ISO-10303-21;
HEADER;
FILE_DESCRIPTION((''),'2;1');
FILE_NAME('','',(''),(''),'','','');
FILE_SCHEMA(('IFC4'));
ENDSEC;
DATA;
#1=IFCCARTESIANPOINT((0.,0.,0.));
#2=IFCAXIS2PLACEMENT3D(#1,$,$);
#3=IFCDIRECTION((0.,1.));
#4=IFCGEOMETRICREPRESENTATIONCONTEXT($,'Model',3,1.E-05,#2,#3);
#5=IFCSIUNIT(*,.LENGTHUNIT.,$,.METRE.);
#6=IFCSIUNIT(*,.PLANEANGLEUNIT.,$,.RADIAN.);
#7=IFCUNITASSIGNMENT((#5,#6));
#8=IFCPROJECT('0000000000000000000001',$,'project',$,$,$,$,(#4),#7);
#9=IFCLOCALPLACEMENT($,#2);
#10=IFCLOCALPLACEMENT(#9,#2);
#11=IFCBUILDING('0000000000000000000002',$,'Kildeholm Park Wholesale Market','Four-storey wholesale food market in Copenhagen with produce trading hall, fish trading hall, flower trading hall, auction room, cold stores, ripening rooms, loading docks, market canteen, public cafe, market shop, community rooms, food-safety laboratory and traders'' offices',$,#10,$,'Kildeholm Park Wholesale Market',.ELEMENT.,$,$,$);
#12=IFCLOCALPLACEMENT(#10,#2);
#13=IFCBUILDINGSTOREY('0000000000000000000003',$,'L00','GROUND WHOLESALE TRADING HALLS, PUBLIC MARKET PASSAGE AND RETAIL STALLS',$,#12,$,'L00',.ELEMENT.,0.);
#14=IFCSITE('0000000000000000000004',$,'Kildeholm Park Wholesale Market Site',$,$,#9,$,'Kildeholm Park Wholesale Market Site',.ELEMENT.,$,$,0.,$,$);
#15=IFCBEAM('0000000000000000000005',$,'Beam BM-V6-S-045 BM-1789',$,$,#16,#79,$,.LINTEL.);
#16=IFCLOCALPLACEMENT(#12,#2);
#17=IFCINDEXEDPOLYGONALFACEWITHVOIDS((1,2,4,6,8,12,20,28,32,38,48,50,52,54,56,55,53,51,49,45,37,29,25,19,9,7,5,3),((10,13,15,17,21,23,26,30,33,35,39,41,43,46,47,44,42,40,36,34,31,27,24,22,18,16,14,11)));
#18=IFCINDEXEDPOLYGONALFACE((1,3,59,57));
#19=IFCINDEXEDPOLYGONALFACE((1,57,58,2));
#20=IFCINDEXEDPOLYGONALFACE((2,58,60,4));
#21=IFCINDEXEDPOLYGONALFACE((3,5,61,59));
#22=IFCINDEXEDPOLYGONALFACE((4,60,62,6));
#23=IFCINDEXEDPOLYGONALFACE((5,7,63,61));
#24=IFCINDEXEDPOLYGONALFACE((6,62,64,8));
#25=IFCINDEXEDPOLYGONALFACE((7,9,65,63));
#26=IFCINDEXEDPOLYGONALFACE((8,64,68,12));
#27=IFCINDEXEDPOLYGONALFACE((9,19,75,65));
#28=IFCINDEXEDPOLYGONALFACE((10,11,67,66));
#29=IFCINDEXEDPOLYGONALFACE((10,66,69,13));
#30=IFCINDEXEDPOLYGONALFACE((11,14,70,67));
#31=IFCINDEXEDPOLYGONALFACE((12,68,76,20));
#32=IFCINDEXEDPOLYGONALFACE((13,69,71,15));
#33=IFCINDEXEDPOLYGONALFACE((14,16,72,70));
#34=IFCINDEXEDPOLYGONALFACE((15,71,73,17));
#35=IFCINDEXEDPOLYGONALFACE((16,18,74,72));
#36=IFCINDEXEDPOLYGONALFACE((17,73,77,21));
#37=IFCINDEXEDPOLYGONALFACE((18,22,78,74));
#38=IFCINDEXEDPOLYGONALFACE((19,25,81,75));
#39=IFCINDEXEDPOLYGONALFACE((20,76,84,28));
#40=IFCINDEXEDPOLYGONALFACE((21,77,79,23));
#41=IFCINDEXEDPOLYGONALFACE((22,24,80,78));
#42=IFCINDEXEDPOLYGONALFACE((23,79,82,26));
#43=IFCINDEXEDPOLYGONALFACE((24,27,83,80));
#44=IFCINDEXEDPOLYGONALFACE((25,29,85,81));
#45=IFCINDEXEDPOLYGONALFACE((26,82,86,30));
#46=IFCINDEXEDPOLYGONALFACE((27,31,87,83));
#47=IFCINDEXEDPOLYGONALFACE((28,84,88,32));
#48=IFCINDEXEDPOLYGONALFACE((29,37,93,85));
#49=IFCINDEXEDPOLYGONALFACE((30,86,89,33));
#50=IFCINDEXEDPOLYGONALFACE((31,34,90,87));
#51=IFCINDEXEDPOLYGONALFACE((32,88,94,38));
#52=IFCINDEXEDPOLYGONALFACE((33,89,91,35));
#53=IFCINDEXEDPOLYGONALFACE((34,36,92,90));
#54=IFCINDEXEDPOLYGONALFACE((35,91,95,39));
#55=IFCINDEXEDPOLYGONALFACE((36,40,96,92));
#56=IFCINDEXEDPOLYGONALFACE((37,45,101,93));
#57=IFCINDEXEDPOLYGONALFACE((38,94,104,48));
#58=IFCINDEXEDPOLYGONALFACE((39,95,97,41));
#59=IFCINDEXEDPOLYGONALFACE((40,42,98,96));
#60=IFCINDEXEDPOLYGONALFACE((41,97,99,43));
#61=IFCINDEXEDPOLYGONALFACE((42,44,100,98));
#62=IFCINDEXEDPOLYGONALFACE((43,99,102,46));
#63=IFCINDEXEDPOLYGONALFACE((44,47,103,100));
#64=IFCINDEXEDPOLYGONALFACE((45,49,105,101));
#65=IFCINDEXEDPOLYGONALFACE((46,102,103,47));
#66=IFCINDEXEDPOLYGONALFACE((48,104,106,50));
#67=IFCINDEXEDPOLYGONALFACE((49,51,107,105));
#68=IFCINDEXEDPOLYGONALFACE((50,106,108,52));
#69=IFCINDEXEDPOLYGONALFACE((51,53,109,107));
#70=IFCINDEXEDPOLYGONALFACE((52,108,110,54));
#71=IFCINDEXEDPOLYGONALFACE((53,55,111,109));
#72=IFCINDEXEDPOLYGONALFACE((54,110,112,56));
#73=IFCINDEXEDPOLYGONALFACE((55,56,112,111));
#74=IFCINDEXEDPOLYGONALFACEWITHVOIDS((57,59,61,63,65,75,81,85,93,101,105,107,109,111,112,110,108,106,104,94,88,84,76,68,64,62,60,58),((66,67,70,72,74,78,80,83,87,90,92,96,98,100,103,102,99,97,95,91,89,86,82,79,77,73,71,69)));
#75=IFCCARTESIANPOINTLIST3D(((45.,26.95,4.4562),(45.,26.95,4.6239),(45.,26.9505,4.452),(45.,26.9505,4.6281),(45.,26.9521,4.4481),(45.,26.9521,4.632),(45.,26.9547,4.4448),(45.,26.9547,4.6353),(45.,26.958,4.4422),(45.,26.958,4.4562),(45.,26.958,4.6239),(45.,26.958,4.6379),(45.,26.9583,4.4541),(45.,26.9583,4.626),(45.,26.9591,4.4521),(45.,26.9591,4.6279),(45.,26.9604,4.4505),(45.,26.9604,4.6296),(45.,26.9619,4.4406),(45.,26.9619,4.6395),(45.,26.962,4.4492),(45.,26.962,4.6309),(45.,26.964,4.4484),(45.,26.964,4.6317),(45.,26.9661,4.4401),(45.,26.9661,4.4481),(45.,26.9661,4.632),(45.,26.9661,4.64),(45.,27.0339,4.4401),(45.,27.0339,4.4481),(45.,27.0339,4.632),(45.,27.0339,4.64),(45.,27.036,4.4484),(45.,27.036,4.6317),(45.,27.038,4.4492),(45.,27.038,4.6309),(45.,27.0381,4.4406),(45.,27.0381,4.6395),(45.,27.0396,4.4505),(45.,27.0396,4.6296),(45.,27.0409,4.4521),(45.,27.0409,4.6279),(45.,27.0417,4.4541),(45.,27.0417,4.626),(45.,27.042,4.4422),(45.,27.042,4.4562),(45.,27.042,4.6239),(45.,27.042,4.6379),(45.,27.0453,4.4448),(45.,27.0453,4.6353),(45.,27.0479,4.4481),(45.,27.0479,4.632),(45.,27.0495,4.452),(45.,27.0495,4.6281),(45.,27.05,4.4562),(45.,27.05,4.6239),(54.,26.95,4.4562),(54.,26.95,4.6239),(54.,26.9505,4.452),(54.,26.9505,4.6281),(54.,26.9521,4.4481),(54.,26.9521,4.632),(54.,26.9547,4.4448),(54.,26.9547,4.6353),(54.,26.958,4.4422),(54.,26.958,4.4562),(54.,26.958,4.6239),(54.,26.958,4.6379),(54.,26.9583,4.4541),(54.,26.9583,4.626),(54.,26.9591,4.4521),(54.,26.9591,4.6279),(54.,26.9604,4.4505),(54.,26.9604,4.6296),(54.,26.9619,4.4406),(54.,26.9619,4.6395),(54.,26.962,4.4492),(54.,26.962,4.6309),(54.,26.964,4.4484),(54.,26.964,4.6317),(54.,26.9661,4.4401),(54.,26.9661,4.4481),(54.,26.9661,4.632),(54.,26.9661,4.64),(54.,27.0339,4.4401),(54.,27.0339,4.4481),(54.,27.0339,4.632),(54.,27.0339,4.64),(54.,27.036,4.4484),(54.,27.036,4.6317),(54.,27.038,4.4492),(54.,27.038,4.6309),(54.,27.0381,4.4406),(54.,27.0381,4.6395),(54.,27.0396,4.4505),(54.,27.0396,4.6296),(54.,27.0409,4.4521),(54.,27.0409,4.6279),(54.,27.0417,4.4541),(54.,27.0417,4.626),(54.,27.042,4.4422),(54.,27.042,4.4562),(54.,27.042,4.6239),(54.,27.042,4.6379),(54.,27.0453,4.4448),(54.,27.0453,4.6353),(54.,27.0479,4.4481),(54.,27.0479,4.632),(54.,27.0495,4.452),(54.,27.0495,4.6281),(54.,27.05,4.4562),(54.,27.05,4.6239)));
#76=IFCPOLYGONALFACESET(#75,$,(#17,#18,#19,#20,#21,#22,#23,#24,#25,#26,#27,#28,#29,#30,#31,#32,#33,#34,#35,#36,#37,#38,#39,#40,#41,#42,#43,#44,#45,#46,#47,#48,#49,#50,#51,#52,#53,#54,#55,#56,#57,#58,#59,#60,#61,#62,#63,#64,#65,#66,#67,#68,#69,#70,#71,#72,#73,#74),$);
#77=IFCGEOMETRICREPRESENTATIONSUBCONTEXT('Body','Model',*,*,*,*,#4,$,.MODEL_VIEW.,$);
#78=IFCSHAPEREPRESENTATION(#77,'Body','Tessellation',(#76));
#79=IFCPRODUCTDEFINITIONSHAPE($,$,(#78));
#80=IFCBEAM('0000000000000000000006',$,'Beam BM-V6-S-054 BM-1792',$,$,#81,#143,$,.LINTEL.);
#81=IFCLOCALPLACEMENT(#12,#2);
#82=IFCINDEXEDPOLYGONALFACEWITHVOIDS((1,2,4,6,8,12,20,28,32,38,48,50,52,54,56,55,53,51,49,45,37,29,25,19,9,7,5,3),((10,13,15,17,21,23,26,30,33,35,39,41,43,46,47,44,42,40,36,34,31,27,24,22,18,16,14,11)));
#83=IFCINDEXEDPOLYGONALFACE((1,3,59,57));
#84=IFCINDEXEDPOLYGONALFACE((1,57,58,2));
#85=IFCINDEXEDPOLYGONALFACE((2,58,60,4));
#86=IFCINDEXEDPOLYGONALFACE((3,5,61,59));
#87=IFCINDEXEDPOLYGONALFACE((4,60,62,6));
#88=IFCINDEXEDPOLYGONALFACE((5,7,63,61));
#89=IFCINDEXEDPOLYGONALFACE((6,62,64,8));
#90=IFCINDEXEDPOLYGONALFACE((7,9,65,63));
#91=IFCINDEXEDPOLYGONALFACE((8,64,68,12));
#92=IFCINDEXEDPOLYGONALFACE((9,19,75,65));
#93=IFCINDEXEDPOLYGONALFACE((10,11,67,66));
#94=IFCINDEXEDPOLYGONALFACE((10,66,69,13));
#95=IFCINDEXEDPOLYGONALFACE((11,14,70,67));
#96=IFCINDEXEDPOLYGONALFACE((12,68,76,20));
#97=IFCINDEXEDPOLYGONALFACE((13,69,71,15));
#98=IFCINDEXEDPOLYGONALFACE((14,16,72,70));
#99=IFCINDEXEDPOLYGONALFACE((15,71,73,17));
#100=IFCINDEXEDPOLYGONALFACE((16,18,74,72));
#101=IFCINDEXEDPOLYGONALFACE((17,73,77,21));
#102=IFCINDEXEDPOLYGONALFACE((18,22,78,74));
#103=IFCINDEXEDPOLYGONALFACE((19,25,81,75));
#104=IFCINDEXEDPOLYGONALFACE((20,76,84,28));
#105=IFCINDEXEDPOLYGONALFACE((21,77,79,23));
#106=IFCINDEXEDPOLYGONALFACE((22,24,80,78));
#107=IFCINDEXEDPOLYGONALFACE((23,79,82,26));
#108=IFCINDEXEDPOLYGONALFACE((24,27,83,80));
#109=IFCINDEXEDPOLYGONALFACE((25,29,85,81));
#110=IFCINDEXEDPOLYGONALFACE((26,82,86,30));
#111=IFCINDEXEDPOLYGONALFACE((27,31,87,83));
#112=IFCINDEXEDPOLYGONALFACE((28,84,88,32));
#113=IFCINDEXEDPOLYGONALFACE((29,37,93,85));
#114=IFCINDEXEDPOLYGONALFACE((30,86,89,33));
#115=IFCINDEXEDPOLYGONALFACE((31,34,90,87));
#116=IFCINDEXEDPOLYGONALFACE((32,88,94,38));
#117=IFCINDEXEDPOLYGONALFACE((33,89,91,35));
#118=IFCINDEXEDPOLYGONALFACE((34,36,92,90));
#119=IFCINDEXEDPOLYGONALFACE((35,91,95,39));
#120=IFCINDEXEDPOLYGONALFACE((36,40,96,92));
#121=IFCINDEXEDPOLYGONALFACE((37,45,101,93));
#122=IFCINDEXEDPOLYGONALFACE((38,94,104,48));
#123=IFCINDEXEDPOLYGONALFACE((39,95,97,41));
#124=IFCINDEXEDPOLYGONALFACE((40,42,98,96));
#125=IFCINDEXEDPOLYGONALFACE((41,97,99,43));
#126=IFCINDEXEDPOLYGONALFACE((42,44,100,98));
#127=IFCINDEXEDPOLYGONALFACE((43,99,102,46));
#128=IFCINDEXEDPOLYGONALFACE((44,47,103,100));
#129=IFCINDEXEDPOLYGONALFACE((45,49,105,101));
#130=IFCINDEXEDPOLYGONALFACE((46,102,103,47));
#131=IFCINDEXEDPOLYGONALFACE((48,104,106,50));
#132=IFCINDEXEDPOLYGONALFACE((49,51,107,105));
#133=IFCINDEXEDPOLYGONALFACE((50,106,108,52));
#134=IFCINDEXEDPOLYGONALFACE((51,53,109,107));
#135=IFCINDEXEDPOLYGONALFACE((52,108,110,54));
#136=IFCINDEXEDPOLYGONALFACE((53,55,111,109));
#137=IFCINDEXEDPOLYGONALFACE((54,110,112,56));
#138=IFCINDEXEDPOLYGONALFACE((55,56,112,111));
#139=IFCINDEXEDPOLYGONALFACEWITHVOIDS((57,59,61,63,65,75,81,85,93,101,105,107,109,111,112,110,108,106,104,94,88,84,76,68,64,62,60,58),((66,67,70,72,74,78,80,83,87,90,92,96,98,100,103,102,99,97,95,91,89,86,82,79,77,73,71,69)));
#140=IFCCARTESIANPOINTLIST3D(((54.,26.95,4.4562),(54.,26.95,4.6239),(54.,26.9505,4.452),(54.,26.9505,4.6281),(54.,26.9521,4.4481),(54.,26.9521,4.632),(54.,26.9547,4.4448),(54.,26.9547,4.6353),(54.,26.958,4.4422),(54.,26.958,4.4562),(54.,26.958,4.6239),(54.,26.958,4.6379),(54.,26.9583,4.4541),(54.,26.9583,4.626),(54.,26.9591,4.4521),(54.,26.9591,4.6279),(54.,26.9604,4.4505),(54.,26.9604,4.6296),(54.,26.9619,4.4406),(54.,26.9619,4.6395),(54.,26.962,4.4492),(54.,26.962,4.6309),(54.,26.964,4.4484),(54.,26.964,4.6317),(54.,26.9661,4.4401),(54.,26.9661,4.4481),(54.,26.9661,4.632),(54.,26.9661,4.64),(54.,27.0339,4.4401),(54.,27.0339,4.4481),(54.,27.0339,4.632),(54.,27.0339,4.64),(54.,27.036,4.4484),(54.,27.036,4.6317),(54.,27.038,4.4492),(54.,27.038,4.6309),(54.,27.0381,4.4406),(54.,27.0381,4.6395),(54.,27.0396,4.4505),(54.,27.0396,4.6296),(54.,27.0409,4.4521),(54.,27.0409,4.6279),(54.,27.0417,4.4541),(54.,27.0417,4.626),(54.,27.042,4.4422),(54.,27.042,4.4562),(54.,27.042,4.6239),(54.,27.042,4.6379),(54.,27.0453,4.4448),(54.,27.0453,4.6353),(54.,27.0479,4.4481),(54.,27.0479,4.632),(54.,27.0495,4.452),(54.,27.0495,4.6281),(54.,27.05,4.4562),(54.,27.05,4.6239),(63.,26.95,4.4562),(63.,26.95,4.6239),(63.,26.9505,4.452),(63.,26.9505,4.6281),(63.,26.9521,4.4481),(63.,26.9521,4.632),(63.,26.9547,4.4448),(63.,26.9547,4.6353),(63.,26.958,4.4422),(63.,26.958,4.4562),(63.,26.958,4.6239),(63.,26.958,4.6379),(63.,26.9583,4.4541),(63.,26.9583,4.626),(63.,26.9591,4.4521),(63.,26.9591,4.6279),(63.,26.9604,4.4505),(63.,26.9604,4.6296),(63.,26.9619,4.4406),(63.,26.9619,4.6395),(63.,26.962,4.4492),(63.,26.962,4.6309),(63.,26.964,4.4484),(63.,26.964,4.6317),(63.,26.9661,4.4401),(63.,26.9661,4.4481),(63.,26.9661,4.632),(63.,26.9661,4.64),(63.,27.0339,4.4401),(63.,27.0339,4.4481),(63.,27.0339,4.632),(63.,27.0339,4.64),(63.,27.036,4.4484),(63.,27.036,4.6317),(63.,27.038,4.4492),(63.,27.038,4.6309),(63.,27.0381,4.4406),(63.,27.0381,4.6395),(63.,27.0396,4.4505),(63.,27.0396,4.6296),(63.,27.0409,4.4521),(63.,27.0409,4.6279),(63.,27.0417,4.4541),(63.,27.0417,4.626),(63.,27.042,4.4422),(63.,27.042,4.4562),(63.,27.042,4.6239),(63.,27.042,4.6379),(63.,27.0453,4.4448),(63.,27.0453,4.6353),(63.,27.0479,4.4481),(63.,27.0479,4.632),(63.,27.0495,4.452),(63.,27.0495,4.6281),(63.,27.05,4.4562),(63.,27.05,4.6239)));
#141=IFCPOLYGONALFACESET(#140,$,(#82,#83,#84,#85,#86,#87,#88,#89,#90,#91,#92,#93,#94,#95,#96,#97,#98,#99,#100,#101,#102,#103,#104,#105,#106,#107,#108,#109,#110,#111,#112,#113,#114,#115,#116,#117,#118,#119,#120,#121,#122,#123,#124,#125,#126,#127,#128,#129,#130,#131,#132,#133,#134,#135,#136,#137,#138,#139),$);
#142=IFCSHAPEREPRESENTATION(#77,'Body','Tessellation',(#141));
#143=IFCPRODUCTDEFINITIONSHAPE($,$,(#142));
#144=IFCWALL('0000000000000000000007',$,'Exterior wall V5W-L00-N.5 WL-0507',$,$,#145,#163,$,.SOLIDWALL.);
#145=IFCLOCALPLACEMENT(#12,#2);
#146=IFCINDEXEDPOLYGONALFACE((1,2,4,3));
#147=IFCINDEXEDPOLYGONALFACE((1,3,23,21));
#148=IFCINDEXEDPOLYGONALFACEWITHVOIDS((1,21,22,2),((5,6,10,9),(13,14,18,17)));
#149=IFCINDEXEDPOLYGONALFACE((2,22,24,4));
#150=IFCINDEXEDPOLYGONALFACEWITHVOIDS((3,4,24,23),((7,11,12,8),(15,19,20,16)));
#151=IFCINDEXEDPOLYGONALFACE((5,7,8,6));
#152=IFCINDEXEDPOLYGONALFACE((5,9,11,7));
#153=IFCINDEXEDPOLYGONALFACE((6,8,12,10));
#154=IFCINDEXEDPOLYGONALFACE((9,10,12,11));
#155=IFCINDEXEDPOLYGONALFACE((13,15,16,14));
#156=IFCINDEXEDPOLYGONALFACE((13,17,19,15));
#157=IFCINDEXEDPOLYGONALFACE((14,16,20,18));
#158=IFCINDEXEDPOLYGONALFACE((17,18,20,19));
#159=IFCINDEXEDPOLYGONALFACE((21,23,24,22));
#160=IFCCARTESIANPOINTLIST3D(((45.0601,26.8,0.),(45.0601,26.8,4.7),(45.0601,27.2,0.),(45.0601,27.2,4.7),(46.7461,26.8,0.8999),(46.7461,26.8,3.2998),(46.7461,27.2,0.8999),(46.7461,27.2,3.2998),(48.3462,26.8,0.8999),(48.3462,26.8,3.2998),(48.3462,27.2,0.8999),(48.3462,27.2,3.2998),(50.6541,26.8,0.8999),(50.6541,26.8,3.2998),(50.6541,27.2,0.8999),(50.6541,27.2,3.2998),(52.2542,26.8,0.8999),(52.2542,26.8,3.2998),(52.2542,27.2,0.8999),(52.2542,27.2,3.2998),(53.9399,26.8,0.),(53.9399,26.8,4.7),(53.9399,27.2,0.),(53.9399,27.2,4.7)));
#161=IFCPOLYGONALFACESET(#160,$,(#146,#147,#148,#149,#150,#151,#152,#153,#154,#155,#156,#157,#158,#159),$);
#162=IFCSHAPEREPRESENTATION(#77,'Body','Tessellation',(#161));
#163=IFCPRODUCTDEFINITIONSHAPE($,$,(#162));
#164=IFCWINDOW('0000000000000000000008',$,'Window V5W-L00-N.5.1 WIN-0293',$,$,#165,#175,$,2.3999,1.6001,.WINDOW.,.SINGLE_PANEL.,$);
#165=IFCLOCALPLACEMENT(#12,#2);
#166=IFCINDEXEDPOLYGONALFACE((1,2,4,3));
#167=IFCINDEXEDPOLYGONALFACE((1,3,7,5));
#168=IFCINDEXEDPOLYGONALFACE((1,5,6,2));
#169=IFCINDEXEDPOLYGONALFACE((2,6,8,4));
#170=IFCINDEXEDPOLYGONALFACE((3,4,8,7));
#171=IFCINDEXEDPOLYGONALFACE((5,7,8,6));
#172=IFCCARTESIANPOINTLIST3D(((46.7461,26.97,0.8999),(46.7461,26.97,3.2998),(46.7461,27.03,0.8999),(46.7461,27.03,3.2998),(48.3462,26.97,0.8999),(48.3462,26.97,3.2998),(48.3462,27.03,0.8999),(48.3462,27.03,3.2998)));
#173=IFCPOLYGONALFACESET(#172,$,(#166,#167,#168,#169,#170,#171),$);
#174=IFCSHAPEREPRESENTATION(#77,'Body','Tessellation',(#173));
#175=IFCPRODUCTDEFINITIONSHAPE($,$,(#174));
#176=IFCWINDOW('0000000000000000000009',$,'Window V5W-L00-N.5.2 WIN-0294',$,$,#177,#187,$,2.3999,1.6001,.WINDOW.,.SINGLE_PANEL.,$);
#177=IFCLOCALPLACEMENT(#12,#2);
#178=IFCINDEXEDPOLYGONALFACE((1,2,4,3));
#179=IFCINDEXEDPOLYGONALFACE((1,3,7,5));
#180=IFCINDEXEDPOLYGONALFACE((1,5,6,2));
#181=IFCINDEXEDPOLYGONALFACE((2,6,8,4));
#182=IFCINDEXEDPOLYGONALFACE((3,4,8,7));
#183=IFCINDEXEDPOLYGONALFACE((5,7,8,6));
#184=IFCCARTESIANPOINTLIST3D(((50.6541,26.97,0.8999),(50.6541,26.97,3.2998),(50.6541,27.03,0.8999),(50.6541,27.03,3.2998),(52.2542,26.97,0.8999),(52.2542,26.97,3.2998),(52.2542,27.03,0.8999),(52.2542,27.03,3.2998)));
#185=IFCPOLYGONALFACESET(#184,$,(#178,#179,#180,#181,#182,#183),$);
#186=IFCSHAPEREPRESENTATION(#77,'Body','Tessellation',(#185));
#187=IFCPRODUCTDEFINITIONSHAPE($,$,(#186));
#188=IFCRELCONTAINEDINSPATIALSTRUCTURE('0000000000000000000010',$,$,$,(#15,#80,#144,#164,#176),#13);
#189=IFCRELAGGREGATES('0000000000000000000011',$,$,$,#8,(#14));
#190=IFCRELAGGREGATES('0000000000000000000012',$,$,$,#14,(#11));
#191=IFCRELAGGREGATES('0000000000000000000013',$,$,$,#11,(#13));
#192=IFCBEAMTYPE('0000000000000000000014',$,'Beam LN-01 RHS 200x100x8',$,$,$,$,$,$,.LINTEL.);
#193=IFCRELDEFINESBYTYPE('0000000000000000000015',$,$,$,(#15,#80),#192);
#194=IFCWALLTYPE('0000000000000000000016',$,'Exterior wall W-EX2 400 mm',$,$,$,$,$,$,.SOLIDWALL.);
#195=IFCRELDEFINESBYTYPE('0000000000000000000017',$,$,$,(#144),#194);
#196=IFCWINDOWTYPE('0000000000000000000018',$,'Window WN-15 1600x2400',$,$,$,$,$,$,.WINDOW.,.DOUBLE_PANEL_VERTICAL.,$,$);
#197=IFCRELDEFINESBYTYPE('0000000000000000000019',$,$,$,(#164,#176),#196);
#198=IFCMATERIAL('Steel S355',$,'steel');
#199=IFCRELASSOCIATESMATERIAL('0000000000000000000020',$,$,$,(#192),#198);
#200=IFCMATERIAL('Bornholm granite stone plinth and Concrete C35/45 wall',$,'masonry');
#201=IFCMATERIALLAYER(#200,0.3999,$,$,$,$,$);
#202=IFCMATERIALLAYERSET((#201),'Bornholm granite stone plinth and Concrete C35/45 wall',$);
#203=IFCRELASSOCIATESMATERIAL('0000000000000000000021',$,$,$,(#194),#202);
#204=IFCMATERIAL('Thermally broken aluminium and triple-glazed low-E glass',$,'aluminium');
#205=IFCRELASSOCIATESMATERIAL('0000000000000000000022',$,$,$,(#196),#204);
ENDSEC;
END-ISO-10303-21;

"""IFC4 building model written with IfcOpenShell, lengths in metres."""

from ifc_helpers import new_model, si_unit, direction, frame, frame_2d, origin, origin_2d, place, context, subcontext, project, spatial, rectangle, hollow_rectangle, extrude, material, layer, layer_set, material_profile, profile_set, type_object, element, fill, save


model = new_model("IFC4")

# Units and contexts
model_context = context("Model", 3, precision=1e-05, world=origin(), true_north=direction((0.0, 1.0)))
body_context = subcontext(model_context, "Body", "Model", "MODEL_VIEW")
ifc_project = project(units=[si_unit("LENGTHUNIT", "METRE"), si_unit("PLANEANGLEUNIT", "RADIAN")], contexts=[model_context])

# Site, building, storey
site_placement = place(None, origin())
site = spatial("IfcSite", under=ifc_project, at=site_placement, Name="Kildeholm Park Wholesale Market Site", LongName="Kildeholm Park Wholesale Market Site", CompositionType="ELEMENT", RefElevation=0.0)
building_placement = place(site_placement, origin())
building = spatial("IfcBuilding", under=site, at=building_placement, Name="Kildeholm Park Wholesale Market", Description="Four-storey wholesale food market in Copenhagen with produce trading hall, fish trading hall, flower trading hall, auction room, cold stores, ripening rooms, loading docks, market canteen, public cafe, market shop, community rooms, food-safety laboratory and traders' offices", LongName="Kildeholm Park Wholesale Market", CompositionType="ELEMENT")
storey_placement = place(building_placement, origin())
storey = spatial("IfcBuildingStorey", under=building, at=storey_placement, Name="L00", Description="GROUND WHOLESALE TRADING HALLS, PUBLIC MARKET PASSAGE AND RETAIL STALLS", LongName="L00", CompositionType="ELEMENT", Elevation=0.0)

# Shared definitions
ifc_material_1 = material(Name="Steel S355", Category="steel")

# Beams
ifc_material_profile_1 = material_profile(ifc_material_1, hollow_rectangle(XDim=0.1001, YDim=0.2, WallThickness=0.0081, InnerFilletRadius=0.0081, OuterFilletRadius=0.0161, at=origin_2d()), Name="RHS 200x100x8")
ifc_profile_set_1 = profile_set([ifc_material_profile_1], Name="Steel S355")
beam_type_1 = type_object("IfcBeamType", Name="Beam LN-01 RHS 200x100x8", PredefinedType="LINTEL", material=ifc_profile_set_1)
for number, where, z_axis, x_axis, name in (
    (1, (45.0, 27.0, 4.54), (1.0, 0.0, 0.0), (0.0, 1.0, 0.0), "Beam BM-V6-S-045 BM-1789"),
    (2, (54.0, 27.0, 4.54), (1.0, 0.0, 0.0), (0.0, 1.0, 0.0), "Beam BM-V6-S-054 BM-1792"),
):
    element("IfcBeam", number, at=place(storey_placement, frame(where, z_axis=z_axis, x_axis=x_axis)), inside=storey, type_object=beam_type_1, Name=name, PredefinedType="LINTEL", context=body_context, shape_type="SweptSolid", body=[
        extrude(hollow_rectangle(XDim=0.1001, YDim=0.2, WallThickness=0.0081, InnerFilletRadius=0.0081, OuterFilletRadius=0.0161, at=origin_2d()), origin(), (0.0, 0.0, 1.0), 9.0),
    ])

# Wall, openings, windows
ifc_material_2 = material(Name="Bornholm granite stone plinth and Concrete C35/45 wall", Category="masonry")
ifc_layer = layer(ifc_material_2, 0.3999)
ifc_layer_set = layer_set([ifc_layer], Name="Bornholm granite stone plinth and Concrete C35/45 wall")
wall_type = type_object("IfcWallType", Name="Exterior wall W-EX2 400 mm", PredefinedType="SOLIDWALL", material=ifc_layer_set)
wall_1_placement = place(storey_placement, frame((45.0601, 27.0, 0.0), z_axis=(0.0, 0.0, 1.0), x_axis=(1.0, 0.0, 0.0)))
wall_1 = element("IfcWall", 3, at=wall_1_placement, inside=storey, type_object=wall_type, Name="Exterior wall V5W-L00-N.5 WL-0507", PredefinedType="SOLIDWALL", context=body_context, shape_type="SweptSolid", body=[
    extrude(rectangle(XDim=8.8799, YDim=0.3999, at=frame_2d((4.4399, 0.0))), origin(), (0.0, 0.0, 1.0), 4.7),
])
opening_1_placement = place(wall_1_placement, frame((1.686, 0.0, 0.8999)))
opening_1 = element("IfcOpeningElement", 4, at=opening_1_placement, cuts=wall_1, PredefinedType="OPENING", context=body_context, shape_type="SweptSolid", body=[
    extrude(rectangle(XDim=1.6001, YDim=2.3999, at=frame_2d((0.8, 1.2))), frame((0.0, 0.21, 0.0), z_axis=(0.0, -1.0, 0.0), x_axis=(1.0, 0.0, 0.0)), (0.0, 0.0, 1.0), 0.4199),
])
opening_2_placement = place(wall_1_placement, frame((5.594, 0.0, 0.8999)))
opening_2 = element("IfcOpeningElement", 5, at=opening_2_placement, cuts=wall_1, PredefinedType="OPENING", context=body_context, shape_type="SweptSolid", body=[
    extrude(rectangle(XDim=1.6001, YDim=2.3999, at=frame_2d((0.8, 1.2))), frame((0.0, 0.21, 0.0), z_axis=(0.0, -1.0, 0.0), x_axis=(1.0, 0.0, 0.0)), (0.0, 0.0, 1.0), 0.4199),
])
ifc_material_3 = material(Name="Thermally broken aluminium and triple-glazed low-E glass", Category="aluminium")
window_type = type_object("IfcWindowType", Name="Window WN-15 1600x2400", PartitioningType="DOUBLE_PANEL_VERTICAL", PredefinedType="WINDOW", material=ifc_material_3)
window_1_placement = place(opening_1_placement, origin())
window_1 = element("IfcWindow", 6, at=window_1_placement, inside=storey, type_object=window_type, Name="Window V5W-L00-N.5.1 WIN-0293", OverallHeight=2.3999, OverallWidth=1.6001, PartitioningType="SINGLE_PANEL", PredefinedType="WINDOW", context=body_context, shape_type="SweptSolid", body=[
    extrude(rectangle(XDim=1.6001, YDim=2.3999, at=frame_2d((0.8, 1.2))), frame((0.0, 0.03, 0.0), z_axis=(0.0, -1.0, 0.0), x_axis=(1.0, 0.0, 0.0)), (0.0, 0.0, 1.0), 0.0601),
])
fill(opening_1, window_1)
window_2_placement = place(opening_2_placement, origin())
window_2 = element("IfcWindow", 7, at=window_2_placement, inside=storey, type_object=window_type, Name="Window V5W-L00-N.5.2 WIN-0294", OverallHeight=2.3999, OverallWidth=1.6001, PartitioningType="SINGLE_PANEL", PredefinedType="WINDOW", context=body_context, shape_type="SweptSolid", body=[
    extrude(rectangle(XDim=1.6001, YDim=2.3999, at=frame_2d((0.8, 1.2))), frame((0.0, 0.03, 0.0), z_axis=(0.0, -1.0, 0.0), x_axis=(1.0, 0.0, 0.0)), (0.0, 0.0, 1.0), 0.0601),
])
fill(opening_2, window_2)

save(model, "model.ifc")
